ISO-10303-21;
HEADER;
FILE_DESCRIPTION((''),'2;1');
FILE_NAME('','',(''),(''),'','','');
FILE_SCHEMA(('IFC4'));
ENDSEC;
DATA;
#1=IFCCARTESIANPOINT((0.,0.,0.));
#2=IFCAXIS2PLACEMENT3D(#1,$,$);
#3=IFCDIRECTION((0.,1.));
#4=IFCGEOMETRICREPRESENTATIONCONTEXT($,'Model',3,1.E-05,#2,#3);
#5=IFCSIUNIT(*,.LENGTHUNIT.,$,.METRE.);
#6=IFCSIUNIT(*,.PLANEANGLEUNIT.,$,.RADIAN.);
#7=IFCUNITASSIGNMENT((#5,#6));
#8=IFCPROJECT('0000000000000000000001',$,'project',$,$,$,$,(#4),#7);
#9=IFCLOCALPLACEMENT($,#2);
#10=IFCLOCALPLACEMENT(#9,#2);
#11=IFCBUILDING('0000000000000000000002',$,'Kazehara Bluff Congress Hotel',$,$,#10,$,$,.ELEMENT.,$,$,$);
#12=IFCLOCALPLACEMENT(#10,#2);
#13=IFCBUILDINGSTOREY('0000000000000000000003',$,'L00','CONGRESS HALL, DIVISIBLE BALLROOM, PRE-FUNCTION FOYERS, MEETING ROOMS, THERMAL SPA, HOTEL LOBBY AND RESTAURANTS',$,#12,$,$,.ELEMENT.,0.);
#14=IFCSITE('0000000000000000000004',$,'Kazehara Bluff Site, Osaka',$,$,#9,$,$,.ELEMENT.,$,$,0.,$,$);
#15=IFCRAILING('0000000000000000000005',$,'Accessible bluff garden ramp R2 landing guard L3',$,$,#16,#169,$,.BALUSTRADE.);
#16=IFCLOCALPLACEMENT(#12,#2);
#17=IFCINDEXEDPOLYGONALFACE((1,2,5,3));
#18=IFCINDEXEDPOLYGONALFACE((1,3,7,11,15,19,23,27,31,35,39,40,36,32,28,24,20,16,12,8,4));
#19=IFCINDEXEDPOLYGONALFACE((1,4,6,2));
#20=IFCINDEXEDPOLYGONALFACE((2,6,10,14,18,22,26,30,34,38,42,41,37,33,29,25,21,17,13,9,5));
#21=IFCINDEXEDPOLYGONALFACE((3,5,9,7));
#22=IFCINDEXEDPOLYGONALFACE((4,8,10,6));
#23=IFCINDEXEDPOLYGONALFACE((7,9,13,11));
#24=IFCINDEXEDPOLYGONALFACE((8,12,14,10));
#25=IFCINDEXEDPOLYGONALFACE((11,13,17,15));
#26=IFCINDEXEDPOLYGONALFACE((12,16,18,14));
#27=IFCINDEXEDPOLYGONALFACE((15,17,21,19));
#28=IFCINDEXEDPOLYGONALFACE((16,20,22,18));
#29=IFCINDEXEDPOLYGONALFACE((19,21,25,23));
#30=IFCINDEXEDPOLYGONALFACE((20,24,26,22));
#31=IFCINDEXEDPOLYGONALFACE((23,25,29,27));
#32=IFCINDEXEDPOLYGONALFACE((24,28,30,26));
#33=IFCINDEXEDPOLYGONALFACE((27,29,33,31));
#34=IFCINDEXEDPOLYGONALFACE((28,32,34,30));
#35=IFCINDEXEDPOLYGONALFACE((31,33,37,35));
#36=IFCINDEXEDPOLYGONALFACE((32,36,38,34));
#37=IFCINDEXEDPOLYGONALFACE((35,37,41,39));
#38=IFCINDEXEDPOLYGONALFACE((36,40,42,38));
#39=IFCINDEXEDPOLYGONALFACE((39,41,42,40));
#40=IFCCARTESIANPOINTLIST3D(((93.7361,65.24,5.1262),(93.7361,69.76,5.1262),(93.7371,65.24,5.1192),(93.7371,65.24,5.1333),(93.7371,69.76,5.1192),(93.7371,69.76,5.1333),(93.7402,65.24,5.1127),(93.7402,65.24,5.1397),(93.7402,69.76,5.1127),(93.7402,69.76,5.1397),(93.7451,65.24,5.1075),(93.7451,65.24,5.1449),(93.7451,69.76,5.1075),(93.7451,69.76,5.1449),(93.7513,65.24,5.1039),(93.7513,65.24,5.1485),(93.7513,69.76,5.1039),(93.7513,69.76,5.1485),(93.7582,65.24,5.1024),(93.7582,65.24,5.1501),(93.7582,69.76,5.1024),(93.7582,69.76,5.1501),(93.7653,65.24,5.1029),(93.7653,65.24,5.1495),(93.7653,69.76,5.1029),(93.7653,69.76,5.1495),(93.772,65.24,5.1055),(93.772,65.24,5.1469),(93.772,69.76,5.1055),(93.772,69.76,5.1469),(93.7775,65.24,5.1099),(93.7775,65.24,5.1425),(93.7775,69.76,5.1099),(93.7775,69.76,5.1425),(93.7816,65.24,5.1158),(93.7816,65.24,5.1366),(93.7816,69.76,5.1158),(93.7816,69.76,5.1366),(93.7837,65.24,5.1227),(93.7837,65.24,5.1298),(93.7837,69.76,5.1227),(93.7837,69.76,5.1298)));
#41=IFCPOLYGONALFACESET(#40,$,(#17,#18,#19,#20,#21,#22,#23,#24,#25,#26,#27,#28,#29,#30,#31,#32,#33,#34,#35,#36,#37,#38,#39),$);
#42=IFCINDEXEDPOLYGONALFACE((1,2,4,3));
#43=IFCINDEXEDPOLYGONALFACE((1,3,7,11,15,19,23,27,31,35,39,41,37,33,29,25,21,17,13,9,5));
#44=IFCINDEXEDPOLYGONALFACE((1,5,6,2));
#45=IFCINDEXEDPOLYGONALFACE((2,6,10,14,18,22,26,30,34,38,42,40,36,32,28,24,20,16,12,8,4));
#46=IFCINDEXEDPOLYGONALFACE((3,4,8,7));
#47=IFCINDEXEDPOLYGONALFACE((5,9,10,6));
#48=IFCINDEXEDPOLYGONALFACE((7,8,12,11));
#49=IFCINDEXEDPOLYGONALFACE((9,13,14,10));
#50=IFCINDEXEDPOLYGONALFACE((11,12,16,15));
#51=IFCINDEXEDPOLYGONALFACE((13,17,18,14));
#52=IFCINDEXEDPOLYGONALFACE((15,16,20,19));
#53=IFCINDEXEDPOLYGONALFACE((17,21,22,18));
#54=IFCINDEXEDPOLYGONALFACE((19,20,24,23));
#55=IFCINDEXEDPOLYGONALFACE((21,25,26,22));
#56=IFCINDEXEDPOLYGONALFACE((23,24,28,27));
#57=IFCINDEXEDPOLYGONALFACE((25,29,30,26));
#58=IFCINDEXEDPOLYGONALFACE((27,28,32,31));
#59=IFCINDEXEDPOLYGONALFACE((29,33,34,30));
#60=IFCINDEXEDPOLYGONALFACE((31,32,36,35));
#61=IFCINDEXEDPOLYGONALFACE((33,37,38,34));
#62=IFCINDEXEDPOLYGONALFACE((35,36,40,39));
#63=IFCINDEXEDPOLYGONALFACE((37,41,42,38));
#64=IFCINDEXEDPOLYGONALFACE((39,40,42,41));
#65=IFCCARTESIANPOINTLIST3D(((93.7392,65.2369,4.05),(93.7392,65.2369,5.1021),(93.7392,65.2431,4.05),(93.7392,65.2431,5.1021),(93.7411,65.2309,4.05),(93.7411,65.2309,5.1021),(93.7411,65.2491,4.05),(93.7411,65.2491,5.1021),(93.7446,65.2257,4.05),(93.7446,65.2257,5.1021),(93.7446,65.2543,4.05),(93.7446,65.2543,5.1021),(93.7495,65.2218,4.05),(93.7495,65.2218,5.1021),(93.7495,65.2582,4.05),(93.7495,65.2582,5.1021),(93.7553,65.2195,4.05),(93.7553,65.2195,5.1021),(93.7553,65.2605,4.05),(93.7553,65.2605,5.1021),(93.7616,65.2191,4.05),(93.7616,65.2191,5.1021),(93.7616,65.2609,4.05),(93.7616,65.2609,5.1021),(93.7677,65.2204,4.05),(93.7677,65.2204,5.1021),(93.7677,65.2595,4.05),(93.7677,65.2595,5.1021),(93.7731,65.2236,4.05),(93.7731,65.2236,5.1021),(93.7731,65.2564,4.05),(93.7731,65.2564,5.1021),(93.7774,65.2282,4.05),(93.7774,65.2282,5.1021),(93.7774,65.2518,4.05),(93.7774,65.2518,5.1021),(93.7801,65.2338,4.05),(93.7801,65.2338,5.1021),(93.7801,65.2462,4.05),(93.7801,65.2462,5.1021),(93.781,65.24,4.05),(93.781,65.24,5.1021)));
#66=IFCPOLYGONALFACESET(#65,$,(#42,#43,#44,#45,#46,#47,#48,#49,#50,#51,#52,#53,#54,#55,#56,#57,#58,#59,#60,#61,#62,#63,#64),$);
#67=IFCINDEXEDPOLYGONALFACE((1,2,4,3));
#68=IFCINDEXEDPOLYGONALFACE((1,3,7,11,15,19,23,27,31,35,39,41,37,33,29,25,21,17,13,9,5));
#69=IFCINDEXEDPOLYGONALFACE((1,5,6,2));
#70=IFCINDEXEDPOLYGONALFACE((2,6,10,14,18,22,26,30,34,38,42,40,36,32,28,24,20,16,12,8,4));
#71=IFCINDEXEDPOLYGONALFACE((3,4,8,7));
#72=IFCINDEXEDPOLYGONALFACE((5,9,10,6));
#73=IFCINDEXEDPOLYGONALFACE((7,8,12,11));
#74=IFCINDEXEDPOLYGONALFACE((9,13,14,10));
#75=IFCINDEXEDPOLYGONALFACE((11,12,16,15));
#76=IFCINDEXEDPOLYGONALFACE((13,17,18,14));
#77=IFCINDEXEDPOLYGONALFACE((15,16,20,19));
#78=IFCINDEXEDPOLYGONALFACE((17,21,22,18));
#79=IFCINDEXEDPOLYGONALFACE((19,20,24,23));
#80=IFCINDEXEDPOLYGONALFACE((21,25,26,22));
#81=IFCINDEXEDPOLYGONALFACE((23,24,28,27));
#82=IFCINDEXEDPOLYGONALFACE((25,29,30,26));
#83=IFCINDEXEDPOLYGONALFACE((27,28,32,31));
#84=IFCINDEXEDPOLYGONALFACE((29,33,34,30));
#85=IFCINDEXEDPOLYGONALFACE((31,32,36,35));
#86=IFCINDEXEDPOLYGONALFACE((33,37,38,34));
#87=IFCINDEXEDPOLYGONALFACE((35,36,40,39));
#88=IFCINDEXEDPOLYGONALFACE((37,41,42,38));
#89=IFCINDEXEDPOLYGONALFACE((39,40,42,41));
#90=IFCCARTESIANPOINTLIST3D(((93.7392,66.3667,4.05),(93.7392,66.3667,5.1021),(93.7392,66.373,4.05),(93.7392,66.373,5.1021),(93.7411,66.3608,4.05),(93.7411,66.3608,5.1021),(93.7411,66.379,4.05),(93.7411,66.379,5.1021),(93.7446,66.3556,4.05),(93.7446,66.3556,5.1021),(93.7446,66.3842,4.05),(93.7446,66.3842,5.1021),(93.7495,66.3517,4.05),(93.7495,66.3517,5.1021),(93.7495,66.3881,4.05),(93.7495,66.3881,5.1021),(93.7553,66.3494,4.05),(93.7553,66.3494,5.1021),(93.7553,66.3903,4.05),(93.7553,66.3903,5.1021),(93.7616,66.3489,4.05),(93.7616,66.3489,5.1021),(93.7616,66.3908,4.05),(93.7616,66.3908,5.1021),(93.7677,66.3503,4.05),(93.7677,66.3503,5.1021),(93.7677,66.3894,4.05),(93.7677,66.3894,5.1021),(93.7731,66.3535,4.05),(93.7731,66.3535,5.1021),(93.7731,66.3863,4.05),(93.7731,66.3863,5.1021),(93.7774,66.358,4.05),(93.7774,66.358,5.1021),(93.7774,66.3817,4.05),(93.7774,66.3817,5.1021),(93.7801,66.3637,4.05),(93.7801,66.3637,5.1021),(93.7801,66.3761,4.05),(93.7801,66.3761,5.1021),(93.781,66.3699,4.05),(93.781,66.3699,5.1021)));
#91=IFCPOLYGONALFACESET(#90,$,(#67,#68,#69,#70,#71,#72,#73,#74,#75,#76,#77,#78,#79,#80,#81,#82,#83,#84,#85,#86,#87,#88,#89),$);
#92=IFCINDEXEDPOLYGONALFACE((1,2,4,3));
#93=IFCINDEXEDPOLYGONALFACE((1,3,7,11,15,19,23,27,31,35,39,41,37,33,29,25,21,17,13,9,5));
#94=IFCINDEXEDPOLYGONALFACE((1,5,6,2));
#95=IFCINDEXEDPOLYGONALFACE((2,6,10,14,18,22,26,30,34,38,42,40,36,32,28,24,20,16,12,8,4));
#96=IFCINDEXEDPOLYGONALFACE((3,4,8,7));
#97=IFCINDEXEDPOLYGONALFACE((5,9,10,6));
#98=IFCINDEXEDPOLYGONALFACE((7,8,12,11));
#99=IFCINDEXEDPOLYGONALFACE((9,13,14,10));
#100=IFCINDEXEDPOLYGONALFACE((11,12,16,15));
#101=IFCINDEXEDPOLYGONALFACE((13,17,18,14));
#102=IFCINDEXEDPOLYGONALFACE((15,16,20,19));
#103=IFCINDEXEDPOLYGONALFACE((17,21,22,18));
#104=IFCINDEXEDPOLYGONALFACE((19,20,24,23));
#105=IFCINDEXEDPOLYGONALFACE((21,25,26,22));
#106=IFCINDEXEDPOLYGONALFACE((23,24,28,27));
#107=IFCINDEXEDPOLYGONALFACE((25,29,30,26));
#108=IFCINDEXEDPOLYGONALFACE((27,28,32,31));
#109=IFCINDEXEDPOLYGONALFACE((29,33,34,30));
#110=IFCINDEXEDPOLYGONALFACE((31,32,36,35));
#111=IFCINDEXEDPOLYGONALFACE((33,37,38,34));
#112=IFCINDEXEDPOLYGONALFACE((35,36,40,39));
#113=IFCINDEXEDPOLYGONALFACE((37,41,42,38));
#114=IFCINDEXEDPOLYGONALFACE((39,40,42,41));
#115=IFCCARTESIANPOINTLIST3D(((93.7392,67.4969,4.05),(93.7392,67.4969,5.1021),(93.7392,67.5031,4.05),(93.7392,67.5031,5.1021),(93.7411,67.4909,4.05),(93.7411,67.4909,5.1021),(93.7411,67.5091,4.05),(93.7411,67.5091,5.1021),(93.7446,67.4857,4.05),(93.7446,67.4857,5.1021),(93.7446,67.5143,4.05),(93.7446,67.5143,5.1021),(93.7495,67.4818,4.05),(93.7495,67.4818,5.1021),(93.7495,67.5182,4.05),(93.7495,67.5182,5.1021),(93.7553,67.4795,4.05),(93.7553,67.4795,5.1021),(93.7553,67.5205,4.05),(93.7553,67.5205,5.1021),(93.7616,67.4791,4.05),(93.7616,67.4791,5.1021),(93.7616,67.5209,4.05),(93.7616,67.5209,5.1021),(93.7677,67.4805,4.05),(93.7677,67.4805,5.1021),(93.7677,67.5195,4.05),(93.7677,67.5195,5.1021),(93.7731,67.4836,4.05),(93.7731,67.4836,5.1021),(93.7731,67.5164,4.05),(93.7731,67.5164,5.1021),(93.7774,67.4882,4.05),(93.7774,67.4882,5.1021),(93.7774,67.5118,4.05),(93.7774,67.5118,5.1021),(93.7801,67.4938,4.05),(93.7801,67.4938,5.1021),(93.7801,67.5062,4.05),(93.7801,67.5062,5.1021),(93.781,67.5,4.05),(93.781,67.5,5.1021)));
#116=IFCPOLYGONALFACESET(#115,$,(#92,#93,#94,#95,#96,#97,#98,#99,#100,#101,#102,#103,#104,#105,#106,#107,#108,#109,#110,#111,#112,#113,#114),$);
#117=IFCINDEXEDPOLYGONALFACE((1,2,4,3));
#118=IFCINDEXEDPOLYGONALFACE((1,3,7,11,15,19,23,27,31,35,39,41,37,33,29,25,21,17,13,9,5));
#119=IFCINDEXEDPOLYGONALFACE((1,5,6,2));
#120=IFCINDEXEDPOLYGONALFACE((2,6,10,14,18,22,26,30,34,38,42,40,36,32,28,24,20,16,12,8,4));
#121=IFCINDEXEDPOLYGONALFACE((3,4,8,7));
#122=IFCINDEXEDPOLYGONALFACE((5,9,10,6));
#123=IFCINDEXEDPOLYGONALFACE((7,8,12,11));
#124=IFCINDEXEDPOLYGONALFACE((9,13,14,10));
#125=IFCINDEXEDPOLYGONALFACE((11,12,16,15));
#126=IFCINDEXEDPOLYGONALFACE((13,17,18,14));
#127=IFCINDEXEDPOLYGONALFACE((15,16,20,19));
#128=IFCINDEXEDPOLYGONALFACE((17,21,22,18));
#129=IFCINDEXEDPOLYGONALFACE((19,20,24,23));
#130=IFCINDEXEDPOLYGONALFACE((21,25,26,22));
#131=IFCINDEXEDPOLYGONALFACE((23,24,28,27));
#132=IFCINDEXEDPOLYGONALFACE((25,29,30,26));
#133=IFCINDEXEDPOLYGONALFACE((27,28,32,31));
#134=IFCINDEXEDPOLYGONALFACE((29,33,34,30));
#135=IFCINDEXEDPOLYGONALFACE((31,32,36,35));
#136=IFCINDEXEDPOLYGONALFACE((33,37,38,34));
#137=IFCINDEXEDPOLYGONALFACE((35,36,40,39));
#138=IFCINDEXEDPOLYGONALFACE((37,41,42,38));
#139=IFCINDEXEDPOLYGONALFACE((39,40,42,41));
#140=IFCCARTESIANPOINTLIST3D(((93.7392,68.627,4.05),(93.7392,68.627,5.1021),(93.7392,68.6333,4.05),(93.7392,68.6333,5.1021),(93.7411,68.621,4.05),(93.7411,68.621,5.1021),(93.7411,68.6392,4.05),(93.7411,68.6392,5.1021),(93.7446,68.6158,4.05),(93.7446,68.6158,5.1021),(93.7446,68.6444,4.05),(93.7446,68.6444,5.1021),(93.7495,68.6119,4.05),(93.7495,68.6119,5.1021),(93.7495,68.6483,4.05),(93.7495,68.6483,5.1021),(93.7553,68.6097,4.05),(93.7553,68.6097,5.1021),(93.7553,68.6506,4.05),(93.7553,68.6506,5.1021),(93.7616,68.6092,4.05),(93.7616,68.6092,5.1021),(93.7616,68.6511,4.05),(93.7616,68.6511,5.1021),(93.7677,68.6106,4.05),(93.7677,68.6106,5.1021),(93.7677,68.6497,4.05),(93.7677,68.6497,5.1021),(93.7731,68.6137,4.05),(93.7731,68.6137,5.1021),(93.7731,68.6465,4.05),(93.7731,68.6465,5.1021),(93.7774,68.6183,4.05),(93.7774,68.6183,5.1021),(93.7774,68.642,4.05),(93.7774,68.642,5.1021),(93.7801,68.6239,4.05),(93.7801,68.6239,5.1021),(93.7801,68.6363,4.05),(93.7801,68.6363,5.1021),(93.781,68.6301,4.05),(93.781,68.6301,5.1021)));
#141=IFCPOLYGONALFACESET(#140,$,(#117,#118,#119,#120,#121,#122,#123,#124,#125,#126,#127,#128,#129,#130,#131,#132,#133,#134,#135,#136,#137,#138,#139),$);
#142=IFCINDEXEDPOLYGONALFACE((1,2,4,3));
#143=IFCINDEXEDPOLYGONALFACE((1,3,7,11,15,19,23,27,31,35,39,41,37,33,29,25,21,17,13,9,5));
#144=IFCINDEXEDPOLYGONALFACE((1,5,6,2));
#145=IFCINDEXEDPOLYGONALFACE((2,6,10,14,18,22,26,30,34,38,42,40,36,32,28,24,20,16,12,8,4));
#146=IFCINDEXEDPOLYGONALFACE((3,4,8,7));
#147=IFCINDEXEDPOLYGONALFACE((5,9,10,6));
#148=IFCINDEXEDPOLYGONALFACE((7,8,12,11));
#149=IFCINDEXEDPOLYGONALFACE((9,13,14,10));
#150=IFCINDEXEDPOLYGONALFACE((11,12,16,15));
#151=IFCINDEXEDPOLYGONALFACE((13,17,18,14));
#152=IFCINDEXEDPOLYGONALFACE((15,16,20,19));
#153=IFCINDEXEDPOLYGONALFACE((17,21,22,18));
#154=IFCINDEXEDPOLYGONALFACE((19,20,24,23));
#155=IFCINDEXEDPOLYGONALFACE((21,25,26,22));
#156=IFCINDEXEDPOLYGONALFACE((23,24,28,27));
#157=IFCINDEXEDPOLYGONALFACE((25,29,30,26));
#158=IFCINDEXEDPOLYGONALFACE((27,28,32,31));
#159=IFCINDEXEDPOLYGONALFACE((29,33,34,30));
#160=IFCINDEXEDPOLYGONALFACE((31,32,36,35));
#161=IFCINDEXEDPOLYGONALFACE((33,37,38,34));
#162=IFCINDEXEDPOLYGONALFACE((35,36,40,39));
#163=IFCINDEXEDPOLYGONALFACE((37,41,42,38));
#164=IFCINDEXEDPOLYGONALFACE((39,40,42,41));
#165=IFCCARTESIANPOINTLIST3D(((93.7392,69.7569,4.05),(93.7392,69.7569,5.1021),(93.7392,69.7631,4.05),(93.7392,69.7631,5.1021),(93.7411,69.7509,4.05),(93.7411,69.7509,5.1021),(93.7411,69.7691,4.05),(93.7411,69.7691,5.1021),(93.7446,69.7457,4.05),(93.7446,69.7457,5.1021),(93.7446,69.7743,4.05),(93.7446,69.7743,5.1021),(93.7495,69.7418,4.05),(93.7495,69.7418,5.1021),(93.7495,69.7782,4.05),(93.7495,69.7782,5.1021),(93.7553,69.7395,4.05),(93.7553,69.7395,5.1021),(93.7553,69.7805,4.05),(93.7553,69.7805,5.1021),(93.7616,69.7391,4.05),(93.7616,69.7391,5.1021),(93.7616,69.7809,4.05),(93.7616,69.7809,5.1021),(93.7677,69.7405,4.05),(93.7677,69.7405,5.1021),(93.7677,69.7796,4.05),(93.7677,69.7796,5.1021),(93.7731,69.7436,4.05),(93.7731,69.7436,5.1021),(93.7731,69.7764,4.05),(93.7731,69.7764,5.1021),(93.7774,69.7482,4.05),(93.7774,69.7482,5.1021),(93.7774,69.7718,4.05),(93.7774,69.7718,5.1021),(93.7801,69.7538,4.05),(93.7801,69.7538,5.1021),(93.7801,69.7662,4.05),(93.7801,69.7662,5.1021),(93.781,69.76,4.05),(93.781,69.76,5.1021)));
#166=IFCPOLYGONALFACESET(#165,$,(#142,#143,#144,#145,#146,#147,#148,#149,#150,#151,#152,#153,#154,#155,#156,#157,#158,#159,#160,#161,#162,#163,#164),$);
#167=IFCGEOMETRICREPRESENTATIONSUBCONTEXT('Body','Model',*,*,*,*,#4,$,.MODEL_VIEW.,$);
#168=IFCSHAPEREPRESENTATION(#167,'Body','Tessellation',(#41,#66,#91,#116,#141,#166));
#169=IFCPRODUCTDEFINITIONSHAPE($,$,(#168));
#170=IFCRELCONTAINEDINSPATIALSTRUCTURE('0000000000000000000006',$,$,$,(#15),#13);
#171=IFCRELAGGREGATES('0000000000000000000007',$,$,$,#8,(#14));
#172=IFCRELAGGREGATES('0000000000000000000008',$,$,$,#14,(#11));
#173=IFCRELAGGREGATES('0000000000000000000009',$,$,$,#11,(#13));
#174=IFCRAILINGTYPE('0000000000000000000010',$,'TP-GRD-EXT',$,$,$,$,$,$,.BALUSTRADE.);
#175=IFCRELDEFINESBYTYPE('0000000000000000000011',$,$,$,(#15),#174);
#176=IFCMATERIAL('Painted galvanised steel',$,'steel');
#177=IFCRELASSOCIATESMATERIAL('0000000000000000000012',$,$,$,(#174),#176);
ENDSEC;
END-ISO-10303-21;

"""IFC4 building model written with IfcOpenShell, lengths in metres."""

from ifc_helpers import new_model, si_unit, direction, frame, origin, origin_2d, place, context, subcontext, project, spatial, circle, extrude, material, type_object, element, save


model = new_model("IFC4")

# Units and contexts
model_context = context("Model", 3, precision=1e-05, world=origin(), true_north=direction((0.0, 1.0)))
body_context = subcontext(model_context, "Body", "Model", "MODEL_VIEW")
ifc_project = project(units=[si_unit("LENGTHUNIT", "METRE"), si_unit("PLANEANGLEUNIT", "RADIAN")], contexts=[model_context])

# Site, building, storey
site_placement = place(None, origin())
site = spatial("IfcSite", under=ifc_project, at=site_placement, Name="Kazehara Bluff Site, Osaka", CompositionType="ELEMENT", RefElevation=0.0)
building_placement = place(site_placement, origin())
building = spatial("IfcBuilding", under=site, at=building_placement, Name="Kazehara Bluff Congress Hotel", CompositionType="ELEMENT")
storey_placement = place(building_placement, origin())
storey = spatial("IfcBuildingStorey", under=building, at=storey_placement, Name="L00", Description="CONGRESS HALL, DIVISIBLE BALLROOM, PRE-FUNCTION FOYERS, MEETING ROOMS, THERMAL SPA, HOTEL LOBBY AND RESTAURANTS", CompositionType="ELEMENT", Elevation=0.0)

# Railing
ifc_material_1 = material(Name="Painted galvanised steel", Category="steel")
railing_type_1 = type_object("IfcRailingType", Name="TP-GRD-EXT", PredefinedType="BALUSTRADE", material=ifc_material_1)
railing_1_placement = place(storey_placement, frame((93.76, 65.24, 4.05)))
element("IfcRailing", 1, at=railing_1_placement, inside=storey, type_object=railing_type_1, Name="Accessible bluff garden ramp R2 landing guard L3", PredefinedType="BALUSTRADE", context=body_context, shape_type="SweptSolid", body=[
    extrude(circle(Radius=0.0239, at=origin_2d()), frame((0.0, 0.0, 1.0762), z_axis=(0.0, 1.0, 0.0), x_axis=(-1.0, 0.0, 0.0)), (0.0, 0.0, 1.0), 4.52),
    extrude(circle(Radius=0.021, at=origin_2d()), origin(), (0.0, 0.0, 1.0), 1.052),
    extrude(circle(Radius=0.021, at=origin_2d()), frame((0.0, 1.1299, 0.0)), (0.0, 0.0, 1.0), 1.052),
    extrude(circle(Radius=0.021, at=origin_2d()), frame((0.0, 2.26, 0.0)), (0.0, 0.0, 1.0), 1.052),
    extrude(circle(Radius=0.021, at=origin_2d()), frame((0.0, 3.3901, 0.0)), (0.0, 0.0, 1.0), 1.052),
    extrude(circle(Radius=0.021, at=origin_2d()), frame((0.0, 4.52, 0.0)), (0.0, 0.0, 1.0), 1.052),
])

save(model, "model.ifc")
